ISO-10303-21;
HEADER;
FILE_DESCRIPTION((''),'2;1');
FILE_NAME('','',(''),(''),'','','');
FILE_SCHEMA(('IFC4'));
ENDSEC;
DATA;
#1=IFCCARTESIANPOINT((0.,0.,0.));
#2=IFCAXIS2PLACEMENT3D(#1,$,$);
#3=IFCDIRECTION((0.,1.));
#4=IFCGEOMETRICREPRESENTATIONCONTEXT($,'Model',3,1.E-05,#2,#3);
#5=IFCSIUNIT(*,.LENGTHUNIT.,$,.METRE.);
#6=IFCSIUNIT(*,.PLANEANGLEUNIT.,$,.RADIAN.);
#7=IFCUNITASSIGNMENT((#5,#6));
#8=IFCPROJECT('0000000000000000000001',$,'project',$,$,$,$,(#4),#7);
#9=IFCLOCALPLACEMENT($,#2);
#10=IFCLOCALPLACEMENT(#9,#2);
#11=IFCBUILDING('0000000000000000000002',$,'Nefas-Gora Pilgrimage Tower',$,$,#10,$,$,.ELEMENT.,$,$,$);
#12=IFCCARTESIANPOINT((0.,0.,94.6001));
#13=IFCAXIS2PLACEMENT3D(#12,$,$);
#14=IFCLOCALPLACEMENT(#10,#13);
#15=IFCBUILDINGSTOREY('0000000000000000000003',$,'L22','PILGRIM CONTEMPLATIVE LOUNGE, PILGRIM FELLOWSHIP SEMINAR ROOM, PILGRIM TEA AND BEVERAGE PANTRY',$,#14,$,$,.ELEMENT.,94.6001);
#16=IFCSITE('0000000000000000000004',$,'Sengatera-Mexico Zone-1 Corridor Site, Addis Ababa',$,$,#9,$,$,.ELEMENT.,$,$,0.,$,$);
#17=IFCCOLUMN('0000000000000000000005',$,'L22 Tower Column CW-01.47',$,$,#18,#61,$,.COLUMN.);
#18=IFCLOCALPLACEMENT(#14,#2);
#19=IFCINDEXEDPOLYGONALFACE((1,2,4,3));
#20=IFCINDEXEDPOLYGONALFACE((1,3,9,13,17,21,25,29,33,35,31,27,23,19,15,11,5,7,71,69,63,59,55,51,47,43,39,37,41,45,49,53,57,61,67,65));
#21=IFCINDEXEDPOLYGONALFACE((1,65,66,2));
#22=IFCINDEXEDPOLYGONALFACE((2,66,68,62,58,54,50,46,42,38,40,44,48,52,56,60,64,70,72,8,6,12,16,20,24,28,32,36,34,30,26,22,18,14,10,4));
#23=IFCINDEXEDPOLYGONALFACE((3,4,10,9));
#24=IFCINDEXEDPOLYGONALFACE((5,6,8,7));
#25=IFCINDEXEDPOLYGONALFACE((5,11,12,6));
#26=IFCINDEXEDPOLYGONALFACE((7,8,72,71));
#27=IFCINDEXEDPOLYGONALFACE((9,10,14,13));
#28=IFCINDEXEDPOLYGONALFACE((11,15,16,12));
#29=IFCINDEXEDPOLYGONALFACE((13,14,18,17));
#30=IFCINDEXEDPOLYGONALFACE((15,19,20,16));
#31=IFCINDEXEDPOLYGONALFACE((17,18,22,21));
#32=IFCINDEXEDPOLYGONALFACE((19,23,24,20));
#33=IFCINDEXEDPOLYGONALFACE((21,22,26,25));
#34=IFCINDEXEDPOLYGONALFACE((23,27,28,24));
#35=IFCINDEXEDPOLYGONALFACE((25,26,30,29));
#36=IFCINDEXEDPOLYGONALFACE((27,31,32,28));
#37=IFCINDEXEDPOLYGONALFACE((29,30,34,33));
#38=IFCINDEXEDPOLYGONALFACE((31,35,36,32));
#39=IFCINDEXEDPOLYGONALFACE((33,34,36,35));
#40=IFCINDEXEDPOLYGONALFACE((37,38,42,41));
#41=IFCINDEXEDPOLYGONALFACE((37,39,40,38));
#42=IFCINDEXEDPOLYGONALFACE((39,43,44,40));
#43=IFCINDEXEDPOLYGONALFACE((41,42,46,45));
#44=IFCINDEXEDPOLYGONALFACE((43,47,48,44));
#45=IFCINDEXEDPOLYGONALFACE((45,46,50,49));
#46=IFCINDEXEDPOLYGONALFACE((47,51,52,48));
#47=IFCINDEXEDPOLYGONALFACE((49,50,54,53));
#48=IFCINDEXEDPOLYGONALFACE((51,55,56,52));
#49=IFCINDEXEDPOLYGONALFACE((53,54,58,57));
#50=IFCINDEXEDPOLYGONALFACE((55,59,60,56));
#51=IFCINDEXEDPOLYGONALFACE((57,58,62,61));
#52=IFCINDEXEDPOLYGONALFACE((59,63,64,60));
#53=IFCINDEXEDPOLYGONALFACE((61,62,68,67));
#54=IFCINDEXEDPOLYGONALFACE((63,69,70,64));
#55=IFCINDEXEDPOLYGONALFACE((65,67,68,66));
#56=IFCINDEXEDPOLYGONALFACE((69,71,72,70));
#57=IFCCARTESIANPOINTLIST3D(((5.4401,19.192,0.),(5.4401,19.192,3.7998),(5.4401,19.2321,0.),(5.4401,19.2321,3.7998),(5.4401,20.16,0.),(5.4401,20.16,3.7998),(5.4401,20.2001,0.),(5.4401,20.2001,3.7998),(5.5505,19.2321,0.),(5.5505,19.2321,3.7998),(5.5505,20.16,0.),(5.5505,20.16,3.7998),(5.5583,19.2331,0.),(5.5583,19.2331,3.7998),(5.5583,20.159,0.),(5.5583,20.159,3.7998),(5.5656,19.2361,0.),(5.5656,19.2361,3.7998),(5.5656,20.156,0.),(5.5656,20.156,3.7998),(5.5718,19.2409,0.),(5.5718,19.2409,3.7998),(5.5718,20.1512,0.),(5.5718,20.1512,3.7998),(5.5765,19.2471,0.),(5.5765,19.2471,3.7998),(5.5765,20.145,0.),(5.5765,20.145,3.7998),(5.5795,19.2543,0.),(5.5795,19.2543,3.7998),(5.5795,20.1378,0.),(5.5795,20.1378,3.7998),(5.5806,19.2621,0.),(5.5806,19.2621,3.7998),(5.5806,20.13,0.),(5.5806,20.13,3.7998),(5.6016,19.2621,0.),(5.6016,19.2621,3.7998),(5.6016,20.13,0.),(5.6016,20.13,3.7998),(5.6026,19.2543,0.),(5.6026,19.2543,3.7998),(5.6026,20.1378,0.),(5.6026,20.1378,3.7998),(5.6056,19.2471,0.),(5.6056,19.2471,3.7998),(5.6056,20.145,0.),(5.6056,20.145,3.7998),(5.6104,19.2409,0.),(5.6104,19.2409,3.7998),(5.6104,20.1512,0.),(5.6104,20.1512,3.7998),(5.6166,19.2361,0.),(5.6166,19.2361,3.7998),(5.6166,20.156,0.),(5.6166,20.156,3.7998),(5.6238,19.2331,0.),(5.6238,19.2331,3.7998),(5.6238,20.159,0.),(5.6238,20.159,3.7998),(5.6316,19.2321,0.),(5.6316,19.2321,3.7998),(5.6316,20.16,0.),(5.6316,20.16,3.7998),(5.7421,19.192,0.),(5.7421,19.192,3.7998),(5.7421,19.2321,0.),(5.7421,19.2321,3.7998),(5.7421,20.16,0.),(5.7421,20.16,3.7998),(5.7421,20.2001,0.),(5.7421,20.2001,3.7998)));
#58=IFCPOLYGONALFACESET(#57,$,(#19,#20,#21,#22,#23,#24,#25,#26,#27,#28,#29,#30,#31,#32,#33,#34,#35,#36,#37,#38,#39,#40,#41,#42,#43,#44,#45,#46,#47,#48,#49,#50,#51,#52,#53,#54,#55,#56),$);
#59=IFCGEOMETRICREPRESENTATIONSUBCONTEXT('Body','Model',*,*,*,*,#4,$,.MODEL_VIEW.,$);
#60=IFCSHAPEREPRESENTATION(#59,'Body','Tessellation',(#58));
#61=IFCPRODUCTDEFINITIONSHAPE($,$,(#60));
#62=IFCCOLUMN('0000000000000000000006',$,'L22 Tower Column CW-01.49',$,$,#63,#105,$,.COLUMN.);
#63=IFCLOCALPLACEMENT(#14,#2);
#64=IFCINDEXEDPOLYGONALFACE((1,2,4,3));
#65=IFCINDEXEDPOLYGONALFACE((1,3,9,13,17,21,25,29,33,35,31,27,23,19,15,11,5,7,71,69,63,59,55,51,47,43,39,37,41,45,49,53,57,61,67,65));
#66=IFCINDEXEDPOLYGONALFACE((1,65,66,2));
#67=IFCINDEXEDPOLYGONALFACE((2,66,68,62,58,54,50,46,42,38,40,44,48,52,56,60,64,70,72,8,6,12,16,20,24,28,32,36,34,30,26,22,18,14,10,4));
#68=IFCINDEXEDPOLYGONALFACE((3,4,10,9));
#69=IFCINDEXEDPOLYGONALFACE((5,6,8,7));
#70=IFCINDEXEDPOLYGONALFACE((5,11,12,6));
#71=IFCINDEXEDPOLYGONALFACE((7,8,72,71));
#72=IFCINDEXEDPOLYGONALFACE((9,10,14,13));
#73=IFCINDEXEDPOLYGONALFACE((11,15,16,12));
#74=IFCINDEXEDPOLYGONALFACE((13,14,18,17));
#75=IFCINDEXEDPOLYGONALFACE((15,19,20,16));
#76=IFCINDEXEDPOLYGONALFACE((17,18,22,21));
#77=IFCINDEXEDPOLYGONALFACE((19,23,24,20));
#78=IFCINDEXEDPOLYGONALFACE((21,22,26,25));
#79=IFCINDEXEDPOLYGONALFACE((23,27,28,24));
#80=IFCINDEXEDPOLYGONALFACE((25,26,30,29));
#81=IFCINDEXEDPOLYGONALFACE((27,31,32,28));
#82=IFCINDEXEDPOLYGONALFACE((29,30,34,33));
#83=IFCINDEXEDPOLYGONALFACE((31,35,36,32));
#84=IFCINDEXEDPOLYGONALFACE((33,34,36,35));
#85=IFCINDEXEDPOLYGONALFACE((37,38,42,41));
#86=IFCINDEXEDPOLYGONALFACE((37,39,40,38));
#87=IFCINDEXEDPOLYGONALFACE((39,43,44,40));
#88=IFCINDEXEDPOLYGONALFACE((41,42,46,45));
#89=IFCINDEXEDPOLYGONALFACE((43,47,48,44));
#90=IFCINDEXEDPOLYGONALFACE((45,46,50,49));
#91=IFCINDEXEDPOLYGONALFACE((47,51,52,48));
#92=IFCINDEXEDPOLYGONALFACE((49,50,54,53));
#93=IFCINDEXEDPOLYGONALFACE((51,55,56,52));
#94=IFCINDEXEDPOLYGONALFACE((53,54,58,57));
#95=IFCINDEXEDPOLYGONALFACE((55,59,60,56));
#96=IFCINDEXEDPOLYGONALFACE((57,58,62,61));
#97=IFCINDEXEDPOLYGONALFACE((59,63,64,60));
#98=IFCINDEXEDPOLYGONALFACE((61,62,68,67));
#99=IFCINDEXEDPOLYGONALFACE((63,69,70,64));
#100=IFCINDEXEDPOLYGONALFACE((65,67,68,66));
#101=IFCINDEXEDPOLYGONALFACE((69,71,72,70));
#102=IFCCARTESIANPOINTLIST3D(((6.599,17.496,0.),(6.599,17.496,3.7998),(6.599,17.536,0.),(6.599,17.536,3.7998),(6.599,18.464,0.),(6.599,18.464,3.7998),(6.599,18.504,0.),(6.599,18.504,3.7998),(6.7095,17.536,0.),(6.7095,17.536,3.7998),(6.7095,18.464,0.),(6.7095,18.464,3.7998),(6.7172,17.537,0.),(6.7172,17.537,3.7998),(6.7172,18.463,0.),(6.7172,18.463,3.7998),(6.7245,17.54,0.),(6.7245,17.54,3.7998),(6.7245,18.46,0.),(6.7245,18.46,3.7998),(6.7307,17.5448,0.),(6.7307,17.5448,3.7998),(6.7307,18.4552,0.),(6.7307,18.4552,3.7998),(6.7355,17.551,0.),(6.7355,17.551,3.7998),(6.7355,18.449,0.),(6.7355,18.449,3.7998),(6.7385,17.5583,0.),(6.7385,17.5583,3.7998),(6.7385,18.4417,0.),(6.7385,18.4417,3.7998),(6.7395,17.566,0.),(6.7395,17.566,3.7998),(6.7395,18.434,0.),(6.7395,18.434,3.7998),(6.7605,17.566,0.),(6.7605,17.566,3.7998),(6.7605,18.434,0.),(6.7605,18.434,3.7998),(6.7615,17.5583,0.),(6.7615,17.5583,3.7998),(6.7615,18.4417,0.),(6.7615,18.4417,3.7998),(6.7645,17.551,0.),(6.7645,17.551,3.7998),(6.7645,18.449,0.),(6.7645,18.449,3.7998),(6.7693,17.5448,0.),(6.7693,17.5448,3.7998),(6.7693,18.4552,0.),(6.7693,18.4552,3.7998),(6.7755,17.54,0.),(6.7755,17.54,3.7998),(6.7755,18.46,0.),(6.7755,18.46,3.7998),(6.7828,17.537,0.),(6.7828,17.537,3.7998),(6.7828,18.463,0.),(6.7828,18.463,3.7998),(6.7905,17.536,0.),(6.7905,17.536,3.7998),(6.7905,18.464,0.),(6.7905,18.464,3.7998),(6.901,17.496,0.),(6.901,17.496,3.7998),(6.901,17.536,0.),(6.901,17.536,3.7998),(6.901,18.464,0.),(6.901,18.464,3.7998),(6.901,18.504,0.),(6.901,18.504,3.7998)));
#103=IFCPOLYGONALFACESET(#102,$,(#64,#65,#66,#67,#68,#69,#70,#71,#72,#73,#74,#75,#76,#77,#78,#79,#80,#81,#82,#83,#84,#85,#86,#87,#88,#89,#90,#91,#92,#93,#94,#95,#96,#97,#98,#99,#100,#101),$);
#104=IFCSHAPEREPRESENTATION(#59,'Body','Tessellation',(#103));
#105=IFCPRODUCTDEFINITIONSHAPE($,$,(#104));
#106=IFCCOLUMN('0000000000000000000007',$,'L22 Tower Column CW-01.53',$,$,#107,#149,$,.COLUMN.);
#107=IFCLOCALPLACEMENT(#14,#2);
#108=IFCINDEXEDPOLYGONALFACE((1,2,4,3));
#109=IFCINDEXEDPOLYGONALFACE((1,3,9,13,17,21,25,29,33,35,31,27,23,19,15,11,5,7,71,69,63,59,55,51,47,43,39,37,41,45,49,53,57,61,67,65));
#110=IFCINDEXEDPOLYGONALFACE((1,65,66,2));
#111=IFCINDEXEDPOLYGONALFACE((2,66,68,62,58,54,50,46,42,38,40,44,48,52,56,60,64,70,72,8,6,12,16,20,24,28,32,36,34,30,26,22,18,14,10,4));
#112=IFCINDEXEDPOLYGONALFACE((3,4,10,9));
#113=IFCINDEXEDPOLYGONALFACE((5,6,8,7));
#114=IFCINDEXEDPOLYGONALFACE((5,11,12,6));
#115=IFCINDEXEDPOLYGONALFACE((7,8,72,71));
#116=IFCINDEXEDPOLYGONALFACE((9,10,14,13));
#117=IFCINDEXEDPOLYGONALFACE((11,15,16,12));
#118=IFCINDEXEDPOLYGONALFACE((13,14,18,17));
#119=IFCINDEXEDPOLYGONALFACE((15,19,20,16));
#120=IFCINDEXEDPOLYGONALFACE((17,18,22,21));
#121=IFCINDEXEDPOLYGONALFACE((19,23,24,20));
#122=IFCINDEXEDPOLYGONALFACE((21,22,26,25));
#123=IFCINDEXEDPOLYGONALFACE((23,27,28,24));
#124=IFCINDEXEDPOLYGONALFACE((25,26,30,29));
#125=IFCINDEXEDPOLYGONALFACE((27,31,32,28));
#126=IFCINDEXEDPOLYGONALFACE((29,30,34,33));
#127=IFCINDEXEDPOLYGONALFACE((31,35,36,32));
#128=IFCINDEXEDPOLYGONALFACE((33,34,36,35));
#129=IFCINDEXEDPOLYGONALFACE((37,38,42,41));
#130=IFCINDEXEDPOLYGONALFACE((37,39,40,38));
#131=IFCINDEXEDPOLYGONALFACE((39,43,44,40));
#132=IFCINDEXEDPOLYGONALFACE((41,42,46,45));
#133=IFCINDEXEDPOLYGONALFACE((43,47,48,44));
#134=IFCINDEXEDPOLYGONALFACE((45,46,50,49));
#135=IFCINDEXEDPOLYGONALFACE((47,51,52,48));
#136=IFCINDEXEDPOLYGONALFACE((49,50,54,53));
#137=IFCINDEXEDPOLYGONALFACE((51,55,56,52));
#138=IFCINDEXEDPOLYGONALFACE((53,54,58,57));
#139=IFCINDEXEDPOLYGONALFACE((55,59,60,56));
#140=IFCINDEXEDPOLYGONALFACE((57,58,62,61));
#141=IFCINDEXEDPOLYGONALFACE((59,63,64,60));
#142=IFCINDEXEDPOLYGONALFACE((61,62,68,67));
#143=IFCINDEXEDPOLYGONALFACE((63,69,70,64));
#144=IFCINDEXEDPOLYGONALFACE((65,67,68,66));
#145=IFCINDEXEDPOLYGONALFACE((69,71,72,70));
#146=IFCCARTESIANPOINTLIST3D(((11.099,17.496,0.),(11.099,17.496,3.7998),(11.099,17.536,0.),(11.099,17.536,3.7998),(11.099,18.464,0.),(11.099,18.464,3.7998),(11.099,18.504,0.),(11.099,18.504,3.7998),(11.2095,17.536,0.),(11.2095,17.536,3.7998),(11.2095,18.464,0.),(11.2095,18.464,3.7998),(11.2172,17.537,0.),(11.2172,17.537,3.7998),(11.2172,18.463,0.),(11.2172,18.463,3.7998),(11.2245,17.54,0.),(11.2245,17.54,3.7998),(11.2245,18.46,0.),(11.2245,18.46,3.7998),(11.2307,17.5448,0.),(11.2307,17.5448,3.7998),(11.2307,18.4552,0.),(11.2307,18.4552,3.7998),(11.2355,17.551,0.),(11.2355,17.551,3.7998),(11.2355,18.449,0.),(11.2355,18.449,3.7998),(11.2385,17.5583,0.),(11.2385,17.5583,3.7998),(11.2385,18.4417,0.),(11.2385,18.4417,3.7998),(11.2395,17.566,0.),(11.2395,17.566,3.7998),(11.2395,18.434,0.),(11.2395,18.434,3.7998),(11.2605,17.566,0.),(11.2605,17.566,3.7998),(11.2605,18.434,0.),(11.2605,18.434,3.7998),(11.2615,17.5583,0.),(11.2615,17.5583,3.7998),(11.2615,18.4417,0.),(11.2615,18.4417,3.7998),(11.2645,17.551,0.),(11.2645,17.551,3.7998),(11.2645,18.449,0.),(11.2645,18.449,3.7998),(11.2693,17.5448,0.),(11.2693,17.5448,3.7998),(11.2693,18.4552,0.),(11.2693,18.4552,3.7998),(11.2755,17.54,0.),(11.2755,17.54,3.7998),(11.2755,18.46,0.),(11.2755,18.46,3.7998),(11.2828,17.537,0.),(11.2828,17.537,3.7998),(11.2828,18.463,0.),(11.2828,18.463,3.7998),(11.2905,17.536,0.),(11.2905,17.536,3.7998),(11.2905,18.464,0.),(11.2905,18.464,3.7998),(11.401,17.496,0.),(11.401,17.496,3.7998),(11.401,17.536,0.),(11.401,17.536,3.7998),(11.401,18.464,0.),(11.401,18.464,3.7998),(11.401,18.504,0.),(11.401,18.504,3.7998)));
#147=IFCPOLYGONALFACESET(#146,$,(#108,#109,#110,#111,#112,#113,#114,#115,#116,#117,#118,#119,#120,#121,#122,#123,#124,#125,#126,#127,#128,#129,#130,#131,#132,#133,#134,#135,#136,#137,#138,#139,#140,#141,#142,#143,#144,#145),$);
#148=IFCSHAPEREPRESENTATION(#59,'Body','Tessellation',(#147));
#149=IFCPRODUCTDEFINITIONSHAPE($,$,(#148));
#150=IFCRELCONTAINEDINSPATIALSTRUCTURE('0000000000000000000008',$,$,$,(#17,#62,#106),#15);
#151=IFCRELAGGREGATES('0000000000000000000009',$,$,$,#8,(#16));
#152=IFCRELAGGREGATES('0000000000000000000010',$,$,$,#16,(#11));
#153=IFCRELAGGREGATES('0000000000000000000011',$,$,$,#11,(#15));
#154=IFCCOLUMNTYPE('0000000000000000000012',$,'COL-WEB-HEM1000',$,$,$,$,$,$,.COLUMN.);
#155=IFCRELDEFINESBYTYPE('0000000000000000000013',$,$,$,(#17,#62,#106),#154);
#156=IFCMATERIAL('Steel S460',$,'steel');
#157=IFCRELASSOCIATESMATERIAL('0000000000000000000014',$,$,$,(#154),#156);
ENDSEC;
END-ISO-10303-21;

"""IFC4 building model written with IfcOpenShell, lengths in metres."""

from ifc_helpers import new_model, si_unit, direction, frame, origin, origin_2d, place, context, subcontext, project, spatial, i_section, extrude, source, transform, mapped, material, material_profile, profile_set, type_object, element, save


model = new_model("IFC4")

# Units and contexts
model_context = context("Model", 3, precision=1e-05, world=origin(), true_north=direction((0.0, 1.0)))
body_context = subcontext(model_context, "Body", "Model", "MODEL_VIEW")
ifc_project = project(units=[si_unit("LENGTHUNIT", "METRE"), si_unit("PLANEANGLEUNIT", "RADIAN")], contexts=[model_context])

# Site, building, storey
site_placement = place(None, origin())
site = spatial("IfcSite", under=ifc_project, at=site_placement, Name="Sengatera-Mexico Zone-1 Corridor Site, Addis Ababa", CompositionType="ELEMENT", RefElevation=0.0)
building_placement = place(site_placement, origin())
building = spatial("IfcBuilding", under=site, at=building_placement, Name="Nefas-Gora Pilgrimage Tower", CompositionType="ELEMENT")
storey_placement = place(building_placement, frame((0.0, 0.0, 94.6001)))
storey = spatial("IfcBuildingStorey", under=building, at=storey_placement, Name="L22", Description="PILGRIM CONTEMPLATIVE LOUNGE, PILGRIM FELLOWSHIP SEMINAR ROOM, PILGRIM TEA AND BEVERAGE PANTRY", CompositionType="ELEMENT", Elevation=94.6001)

# Columns
ifc_material_1 = material(Name="Steel S460", Category="steel")
ifc_material_profile_1 = material_profile(ifc_material_1, i_section(OverallWidth=0.302, OverallDepth=1.0081, WebThickness=0.021, FlangeThickness=0.04, FilletRadius=0.03, at=origin_2d()), Name="HEM 1000")
ifc_profile_set_1 = profile_set([ifc_material_profile_1], Name="Steel S460")
column_type_1 = type_object("IfcColumnType", Name="COL-WEB-HEM1000", PredefinedType="COLUMN", material=ifc_profile_set_1)
shared_shape_1 = source(origin(), body_context, "Body", "SweptSolid", [
    extrude(i_section(OverallWidth=0.302, OverallDepth=1.0081, WebThickness=0.021, FlangeThickness=0.04, FilletRadius=0.03, at=origin_2d()), origin(), (0.0, 0.0, 1.0), 3.7998),
])
for number, where, z_axis, x_axis, name in (
    (1, (5.5911, 19.696, 0.0), (0.0, 0.0, 1.0), (1.0, 0.0, 0.0), "L22 Tower Column CW-01.47"),
    (2, (6.75, 18.0, 0.0), (0.0, 0.0, 1.0), (1.0, 0.0, 0.0), "L22 Tower Column CW-01.49"),
    (3, (11.25, 18.0, 0.0), (0.0, 0.0, 1.0), (1.0, 0.0, 0.0), "L22 Tower Column CW-01.53"),
):
    element("IfcColumn", number, at=place(storey_placement, frame(where, z_axis=z_axis, x_axis=x_axis)), inside=storey, type_object=column_type_1, Name=name, PredefinedType="COLUMN", context=body_context, shape_type="MappedRepresentation", body=[
        mapped(shared_shape_1, transform((0.0, 0.0, 0.0), x_axis=(1.0, 0.0, 0.0), y_axis=(0.0, 1.0, 0.0), z_axis=(0.0, 0.0, 1.0), scale=1.0)),
    ])

save(model, "model.ifc")
